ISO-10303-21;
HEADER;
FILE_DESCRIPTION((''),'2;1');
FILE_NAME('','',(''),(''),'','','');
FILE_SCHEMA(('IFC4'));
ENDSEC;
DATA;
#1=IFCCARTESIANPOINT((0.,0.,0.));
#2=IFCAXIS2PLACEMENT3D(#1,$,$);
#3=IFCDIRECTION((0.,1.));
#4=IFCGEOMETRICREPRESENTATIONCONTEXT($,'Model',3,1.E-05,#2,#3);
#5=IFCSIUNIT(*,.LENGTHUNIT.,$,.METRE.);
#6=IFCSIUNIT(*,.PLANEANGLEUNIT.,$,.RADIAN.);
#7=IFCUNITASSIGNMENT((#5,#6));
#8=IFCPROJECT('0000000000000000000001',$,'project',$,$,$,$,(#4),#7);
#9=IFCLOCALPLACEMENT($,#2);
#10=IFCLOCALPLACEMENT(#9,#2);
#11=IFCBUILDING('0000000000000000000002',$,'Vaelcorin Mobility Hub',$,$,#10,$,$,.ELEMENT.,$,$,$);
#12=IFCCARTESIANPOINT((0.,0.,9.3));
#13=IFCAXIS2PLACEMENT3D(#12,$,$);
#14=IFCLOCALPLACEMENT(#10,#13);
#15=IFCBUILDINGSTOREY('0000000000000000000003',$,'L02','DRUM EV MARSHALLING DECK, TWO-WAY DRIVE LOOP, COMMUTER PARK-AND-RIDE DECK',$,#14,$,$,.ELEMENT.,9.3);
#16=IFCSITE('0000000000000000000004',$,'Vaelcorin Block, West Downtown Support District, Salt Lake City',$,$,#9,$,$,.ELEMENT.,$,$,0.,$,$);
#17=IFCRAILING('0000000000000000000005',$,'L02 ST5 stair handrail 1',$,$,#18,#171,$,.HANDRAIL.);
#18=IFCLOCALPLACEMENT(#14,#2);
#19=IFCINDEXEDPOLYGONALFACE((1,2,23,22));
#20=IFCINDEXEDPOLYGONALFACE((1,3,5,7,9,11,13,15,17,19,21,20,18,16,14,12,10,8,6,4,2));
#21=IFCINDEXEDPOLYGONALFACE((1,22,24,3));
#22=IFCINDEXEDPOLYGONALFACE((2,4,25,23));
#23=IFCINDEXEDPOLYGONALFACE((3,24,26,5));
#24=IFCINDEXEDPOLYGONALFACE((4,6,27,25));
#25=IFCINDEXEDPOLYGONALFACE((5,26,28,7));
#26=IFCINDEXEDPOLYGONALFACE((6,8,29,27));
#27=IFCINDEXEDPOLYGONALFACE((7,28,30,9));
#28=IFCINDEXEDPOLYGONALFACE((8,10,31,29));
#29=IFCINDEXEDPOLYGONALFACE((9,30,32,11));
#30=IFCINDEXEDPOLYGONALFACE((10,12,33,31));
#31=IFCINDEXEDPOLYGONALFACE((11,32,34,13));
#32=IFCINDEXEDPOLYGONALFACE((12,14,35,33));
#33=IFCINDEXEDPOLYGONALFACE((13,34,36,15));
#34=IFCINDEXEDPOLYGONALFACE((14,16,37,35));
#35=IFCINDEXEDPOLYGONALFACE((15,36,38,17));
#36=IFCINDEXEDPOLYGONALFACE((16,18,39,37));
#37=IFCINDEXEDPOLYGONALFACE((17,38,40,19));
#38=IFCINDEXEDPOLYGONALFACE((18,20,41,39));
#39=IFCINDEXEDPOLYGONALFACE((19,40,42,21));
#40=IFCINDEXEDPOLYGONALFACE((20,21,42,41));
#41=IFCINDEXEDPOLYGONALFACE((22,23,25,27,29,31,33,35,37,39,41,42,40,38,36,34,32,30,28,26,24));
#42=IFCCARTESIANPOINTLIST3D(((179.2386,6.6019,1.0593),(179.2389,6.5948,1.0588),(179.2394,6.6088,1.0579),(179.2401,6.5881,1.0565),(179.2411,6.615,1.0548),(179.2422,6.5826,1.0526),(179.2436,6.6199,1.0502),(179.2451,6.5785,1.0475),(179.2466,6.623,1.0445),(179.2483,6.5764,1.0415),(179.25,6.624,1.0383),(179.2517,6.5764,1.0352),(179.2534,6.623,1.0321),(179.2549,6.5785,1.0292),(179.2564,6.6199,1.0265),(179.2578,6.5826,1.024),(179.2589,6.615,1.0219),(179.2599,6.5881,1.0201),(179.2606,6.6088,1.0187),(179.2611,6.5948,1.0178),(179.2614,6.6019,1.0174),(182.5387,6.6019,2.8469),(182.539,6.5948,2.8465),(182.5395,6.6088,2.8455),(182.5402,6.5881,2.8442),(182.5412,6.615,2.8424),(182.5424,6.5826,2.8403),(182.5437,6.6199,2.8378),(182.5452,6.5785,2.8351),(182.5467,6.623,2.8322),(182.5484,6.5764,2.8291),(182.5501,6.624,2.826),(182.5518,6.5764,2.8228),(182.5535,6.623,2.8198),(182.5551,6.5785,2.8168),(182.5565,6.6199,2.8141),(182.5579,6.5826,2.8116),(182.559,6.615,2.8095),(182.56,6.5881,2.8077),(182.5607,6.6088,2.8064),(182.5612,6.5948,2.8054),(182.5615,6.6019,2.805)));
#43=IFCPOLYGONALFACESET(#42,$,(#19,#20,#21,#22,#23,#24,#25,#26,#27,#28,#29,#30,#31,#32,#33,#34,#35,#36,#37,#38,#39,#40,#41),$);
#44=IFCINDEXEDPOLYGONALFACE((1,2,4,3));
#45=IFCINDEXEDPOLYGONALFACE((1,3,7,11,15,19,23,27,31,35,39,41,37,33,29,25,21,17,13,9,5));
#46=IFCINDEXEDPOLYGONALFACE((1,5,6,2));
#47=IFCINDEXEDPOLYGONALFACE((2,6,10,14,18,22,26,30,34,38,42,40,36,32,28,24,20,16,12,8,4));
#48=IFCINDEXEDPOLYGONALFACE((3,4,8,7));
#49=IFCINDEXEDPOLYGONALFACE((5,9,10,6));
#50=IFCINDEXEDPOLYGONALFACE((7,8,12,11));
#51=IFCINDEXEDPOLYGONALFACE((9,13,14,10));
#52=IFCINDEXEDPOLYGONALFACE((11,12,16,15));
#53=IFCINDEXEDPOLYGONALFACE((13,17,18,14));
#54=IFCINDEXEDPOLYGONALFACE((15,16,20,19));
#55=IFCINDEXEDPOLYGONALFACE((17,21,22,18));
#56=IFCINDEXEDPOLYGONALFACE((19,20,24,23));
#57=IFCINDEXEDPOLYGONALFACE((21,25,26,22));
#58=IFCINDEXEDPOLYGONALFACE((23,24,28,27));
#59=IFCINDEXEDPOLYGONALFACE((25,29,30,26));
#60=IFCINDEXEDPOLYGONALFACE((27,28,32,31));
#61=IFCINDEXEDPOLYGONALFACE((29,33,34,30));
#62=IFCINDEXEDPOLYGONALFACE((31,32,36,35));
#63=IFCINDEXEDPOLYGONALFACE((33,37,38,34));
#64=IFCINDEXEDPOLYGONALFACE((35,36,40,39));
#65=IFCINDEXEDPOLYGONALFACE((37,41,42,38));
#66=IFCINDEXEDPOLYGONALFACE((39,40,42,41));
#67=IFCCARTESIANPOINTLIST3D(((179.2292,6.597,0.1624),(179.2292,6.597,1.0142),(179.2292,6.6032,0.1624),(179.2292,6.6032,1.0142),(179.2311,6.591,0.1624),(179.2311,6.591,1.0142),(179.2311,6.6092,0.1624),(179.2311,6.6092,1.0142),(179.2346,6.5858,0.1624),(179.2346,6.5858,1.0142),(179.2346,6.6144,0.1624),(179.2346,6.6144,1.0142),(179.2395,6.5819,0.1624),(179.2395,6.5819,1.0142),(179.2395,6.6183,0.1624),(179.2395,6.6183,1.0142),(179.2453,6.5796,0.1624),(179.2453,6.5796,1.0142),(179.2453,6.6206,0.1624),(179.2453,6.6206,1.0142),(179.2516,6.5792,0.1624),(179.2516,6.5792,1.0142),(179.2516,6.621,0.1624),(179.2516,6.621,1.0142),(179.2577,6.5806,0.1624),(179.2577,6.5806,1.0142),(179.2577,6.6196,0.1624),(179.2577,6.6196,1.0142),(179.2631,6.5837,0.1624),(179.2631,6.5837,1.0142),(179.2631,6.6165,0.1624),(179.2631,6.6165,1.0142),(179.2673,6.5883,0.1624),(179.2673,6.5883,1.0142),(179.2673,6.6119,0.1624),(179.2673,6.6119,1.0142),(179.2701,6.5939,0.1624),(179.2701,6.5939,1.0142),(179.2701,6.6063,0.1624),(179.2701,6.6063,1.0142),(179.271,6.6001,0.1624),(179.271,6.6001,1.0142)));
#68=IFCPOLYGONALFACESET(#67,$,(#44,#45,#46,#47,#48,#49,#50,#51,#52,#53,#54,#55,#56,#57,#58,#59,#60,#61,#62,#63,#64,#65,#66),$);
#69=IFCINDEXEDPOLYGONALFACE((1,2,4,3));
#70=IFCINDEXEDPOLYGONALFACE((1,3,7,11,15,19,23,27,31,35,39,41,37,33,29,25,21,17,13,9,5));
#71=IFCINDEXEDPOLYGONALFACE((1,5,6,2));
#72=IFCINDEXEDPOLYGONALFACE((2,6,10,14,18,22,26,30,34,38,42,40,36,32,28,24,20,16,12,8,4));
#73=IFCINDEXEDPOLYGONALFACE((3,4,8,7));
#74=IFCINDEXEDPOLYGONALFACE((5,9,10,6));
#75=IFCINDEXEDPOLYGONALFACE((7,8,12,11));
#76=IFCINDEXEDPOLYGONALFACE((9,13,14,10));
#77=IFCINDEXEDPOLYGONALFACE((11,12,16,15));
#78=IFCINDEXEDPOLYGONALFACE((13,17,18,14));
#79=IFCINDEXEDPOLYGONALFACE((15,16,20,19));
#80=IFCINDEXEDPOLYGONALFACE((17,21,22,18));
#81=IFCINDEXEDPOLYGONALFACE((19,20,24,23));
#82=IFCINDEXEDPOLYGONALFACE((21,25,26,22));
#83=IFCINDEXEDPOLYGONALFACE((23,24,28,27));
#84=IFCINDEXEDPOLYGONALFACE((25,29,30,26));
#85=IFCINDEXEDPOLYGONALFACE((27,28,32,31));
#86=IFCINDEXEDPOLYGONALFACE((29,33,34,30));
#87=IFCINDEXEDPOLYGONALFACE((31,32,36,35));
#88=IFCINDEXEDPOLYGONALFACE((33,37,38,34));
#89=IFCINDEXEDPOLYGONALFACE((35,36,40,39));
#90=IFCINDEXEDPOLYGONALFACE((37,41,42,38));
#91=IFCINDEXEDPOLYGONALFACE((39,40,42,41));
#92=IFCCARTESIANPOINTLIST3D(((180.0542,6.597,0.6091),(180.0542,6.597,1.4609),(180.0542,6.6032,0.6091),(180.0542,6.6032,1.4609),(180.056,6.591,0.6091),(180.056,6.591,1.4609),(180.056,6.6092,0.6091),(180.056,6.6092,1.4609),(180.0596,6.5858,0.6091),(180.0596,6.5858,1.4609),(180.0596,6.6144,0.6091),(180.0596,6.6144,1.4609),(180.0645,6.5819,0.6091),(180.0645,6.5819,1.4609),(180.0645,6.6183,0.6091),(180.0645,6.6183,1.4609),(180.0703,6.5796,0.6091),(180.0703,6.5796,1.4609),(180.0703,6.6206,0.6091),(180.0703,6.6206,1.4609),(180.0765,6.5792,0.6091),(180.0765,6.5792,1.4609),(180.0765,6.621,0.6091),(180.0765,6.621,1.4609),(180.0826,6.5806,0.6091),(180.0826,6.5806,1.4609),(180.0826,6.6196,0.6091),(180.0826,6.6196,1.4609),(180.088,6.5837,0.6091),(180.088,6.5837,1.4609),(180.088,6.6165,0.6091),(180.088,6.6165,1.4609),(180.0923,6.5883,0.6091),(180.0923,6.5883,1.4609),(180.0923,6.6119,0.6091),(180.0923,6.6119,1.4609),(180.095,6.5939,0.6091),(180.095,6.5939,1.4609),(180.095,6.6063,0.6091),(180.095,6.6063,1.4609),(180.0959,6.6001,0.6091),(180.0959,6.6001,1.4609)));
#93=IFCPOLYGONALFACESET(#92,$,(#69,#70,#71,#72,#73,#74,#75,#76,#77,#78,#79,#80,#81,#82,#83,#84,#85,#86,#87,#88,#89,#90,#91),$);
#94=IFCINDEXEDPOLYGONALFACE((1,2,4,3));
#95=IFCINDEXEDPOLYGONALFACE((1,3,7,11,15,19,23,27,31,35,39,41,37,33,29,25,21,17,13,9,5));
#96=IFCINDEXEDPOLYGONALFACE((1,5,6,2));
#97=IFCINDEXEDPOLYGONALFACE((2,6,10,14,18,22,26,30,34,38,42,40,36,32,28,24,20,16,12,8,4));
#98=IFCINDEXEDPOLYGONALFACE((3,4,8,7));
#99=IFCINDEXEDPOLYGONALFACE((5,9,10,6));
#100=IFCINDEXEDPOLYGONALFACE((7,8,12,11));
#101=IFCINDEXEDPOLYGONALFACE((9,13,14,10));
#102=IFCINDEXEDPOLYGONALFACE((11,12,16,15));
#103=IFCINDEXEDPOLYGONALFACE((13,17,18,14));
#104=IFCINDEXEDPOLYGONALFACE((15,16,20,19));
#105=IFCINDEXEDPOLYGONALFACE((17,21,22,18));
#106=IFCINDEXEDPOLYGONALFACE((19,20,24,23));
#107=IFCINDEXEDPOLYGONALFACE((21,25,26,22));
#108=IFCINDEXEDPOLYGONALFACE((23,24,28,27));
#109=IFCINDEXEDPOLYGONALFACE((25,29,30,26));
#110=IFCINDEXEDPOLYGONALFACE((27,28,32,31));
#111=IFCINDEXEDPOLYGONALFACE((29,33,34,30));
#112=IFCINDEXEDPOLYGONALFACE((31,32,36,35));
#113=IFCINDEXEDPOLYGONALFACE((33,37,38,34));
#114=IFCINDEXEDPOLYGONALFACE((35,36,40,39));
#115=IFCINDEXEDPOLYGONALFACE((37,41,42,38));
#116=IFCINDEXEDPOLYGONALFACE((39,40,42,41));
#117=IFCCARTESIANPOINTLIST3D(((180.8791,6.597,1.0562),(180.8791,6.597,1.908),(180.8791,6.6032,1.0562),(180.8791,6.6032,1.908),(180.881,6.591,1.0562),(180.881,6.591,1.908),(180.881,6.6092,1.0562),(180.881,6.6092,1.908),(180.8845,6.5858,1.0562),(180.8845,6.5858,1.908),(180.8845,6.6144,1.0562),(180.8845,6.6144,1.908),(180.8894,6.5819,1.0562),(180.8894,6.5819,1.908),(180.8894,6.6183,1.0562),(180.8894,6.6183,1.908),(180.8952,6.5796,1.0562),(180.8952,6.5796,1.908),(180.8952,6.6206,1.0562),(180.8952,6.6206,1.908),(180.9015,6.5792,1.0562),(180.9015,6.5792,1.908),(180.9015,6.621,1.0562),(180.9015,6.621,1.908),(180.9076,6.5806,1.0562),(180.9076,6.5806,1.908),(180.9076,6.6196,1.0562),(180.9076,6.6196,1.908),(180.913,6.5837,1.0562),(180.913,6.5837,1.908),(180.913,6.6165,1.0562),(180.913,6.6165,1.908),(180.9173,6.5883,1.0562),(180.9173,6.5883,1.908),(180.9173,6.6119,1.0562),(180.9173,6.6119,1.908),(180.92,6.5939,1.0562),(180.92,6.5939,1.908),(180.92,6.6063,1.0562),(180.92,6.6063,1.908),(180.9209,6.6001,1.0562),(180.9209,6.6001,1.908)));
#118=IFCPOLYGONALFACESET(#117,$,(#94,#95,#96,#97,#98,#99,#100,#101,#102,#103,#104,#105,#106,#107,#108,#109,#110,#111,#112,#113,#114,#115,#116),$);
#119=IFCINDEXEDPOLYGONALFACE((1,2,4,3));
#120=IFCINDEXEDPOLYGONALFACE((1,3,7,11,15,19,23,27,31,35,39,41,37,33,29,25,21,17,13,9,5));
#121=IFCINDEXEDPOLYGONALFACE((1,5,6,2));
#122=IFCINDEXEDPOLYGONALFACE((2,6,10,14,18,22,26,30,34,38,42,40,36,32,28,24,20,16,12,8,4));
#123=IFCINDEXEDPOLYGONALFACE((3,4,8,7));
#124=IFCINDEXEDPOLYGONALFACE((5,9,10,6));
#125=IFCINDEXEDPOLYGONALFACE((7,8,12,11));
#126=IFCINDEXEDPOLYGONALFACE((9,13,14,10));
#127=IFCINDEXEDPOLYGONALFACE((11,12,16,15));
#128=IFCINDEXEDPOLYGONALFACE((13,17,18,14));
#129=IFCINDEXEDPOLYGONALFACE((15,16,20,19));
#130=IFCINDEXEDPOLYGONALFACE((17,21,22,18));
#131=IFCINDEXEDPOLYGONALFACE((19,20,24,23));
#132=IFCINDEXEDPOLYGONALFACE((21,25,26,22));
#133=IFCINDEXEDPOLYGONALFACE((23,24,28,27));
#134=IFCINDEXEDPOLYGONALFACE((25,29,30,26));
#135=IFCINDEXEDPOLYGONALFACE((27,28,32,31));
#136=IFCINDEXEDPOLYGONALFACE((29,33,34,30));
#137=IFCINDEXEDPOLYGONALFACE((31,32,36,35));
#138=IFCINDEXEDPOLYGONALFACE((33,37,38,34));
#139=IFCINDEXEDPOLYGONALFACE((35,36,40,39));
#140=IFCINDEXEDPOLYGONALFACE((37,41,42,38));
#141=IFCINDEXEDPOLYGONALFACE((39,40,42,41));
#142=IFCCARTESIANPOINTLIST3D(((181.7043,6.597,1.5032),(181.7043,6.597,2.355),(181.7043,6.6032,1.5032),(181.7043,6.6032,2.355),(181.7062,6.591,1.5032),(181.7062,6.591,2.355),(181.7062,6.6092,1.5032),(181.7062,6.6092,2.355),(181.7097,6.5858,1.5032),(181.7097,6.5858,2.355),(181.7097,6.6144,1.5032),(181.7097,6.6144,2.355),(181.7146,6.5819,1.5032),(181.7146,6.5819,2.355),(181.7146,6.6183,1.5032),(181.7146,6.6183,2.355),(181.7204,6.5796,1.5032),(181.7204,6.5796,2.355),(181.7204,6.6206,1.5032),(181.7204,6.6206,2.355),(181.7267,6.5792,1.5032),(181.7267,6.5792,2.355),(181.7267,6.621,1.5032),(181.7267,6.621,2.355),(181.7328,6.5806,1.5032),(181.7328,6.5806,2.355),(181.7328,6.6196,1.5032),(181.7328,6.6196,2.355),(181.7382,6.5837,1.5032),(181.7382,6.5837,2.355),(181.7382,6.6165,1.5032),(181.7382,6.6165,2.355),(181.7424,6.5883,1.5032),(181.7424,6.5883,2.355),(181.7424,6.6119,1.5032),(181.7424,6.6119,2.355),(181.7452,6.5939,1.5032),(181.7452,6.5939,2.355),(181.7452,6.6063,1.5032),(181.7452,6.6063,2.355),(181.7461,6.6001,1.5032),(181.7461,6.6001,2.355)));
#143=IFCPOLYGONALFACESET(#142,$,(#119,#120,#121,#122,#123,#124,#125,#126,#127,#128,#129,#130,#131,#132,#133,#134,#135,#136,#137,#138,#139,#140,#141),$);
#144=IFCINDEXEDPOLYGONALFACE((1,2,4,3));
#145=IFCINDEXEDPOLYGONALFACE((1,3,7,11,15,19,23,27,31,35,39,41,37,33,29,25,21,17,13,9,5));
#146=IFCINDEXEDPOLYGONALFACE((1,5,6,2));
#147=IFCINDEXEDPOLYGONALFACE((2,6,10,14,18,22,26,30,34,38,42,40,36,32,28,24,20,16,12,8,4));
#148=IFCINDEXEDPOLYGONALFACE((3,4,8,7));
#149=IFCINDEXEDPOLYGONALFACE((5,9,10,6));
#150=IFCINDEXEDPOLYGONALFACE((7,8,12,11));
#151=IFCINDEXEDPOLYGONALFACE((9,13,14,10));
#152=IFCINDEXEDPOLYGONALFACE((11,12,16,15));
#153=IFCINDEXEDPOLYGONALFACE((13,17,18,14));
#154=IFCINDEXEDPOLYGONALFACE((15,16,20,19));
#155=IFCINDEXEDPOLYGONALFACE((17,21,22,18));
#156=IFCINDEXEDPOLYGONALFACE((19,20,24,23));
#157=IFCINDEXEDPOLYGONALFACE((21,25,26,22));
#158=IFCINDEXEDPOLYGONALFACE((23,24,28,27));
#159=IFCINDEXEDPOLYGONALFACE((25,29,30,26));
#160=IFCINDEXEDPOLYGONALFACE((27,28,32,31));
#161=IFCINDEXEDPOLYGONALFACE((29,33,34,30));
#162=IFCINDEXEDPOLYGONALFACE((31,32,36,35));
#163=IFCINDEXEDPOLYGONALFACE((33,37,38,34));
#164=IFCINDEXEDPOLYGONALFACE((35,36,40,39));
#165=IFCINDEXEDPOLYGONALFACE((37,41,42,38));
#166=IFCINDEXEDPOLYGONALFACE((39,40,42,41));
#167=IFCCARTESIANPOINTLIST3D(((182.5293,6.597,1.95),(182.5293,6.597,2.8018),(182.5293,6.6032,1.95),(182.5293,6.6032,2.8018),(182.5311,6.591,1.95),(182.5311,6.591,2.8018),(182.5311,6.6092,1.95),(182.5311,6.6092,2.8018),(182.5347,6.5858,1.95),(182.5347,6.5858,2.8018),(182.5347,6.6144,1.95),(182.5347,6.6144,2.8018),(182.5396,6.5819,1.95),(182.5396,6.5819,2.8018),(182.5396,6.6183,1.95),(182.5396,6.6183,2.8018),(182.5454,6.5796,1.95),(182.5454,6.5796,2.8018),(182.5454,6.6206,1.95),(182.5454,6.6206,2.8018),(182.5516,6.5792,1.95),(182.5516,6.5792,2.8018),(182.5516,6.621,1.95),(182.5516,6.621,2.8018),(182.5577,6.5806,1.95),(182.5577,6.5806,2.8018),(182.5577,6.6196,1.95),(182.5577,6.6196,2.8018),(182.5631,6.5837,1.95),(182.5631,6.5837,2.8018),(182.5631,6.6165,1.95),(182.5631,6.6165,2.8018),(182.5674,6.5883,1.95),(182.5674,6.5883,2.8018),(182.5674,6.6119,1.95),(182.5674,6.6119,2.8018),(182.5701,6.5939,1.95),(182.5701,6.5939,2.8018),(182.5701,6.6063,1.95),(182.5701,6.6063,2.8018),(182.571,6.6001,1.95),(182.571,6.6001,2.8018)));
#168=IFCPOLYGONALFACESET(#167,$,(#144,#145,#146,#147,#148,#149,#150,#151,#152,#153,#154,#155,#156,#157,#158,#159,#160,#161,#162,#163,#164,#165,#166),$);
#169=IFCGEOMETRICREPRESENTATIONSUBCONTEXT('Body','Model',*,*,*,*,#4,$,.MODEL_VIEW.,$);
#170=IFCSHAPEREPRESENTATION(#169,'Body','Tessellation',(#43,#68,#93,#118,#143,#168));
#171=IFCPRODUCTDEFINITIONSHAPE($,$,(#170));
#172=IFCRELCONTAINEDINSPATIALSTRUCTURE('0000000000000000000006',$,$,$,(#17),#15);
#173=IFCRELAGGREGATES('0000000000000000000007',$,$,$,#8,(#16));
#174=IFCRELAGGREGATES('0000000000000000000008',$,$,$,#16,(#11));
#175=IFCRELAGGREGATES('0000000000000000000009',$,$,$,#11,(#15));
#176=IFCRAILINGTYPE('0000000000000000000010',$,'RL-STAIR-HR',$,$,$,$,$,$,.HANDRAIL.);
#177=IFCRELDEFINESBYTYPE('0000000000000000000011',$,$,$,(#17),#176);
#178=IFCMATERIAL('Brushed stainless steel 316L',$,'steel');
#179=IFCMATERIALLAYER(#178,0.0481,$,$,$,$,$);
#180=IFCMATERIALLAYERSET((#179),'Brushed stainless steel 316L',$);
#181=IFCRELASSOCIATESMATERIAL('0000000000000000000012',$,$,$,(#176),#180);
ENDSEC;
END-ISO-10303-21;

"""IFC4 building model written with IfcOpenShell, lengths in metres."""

from ifc_helpers import new_model, si_unit, direction, frame, origin, origin_2d, place, context, subcontext, project, spatial, circle, extrude, material, layer, layer_set, type_object, element, save


model = new_model("IFC4")

# Units and contexts
model_context = context("Model", 3, precision=1e-05, world=origin(), true_north=direction((0.0, 1.0)))
body_context = subcontext(model_context, "Body", "Model", "MODEL_VIEW")
ifc_project = project(units=[si_unit("LENGTHUNIT", "METRE"), si_unit("PLANEANGLEUNIT", "RADIAN")], contexts=[model_context])

# Site, building, storey
site_placement = place(None, origin())
site = spatial("IfcSite", under=ifc_project, at=site_placement, Name="Vaelcorin Block, West Downtown Support District, Salt Lake City", CompositionType="ELEMENT", RefElevation=0.0)
building_placement = place(site_placement, origin())
building = spatial("IfcBuilding", under=site, at=building_placement, Name="Vaelcorin Mobility Hub", CompositionType="ELEMENT")
storey_placement = place(building_placement, frame((0.0, 0.0, 9.3)))
storey = spatial("IfcBuildingStorey", under=building, at=storey_placement, Name="L02", Description="DRUM EV MARSHALLING DECK, TWO-WAY DRIVE LOOP, COMMUTER PARK-AND-RIDE DECK", CompositionType="ELEMENT", Elevation=9.3)

# Railing
ifc_material_1 = material(Name="Brushed stainless steel 316L", Category="steel")
ifc_layer_1 = layer(ifc_material_1, 0.0481)
ifc_layer_set_1 = layer_set([ifc_layer_1], Name="Brushed stainless steel 316L")
railing_type_1 = type_object("IfcRailingType", Name="RL-STAIR-HR", PredefinedType="HANDRAIL", material=ifc_layer_set_1)
railing_1_placement = place(storey_placement, frame((179.25, 6.6001, 0.1624)))
element("IfcRailing", 1, at=railing_1_placement, inside=storey, type_object=railing_type_1, Name="L02 ST5 stair handrail 1", PredefinedType="HANDRAIL", context=body_context, shape_type="SweptSolid", body=[
    extrude(circle(Radius=0.0239, at=origin_2d()), frame((0.0, 0.0, 0.876), z_axis=(0.879284, 0.0, 0.476298), x_axis=(0.0, 1.0, 0.0)), (0.0, 0.0, 1.0), 3.7532),
    extrude(circle(Radius=0.021, at=origin_2d()), origin(), (0.0, 0.0, 1.0), 0.8518),
    extrude(circle(Radius=0.021, at=origin_2d()), frame((0.825, 0.0, 0.4468)), (0.0, 0.0, 1.0), 0.8518),
    extrude(circle(Radius=0.021, at=origin_2d()), frame((1.6499, 0.0, 0.8938)), (0.0, 0.0, 1.0), 0.8518),
    extrude(circle(Radius=0.021, at=origin_2d()), frame((2.4751, 0.0, 1.3408)), (0.0, 0.0, 1.0), 0.8518),
    extrude(circle(Radius=0.021, at=origin_2d()), frame((3.3, 0.0, 1.7876)), (0.0, 0.0, 1.0), 0.8518),
])

save(model, "model.ifc")
